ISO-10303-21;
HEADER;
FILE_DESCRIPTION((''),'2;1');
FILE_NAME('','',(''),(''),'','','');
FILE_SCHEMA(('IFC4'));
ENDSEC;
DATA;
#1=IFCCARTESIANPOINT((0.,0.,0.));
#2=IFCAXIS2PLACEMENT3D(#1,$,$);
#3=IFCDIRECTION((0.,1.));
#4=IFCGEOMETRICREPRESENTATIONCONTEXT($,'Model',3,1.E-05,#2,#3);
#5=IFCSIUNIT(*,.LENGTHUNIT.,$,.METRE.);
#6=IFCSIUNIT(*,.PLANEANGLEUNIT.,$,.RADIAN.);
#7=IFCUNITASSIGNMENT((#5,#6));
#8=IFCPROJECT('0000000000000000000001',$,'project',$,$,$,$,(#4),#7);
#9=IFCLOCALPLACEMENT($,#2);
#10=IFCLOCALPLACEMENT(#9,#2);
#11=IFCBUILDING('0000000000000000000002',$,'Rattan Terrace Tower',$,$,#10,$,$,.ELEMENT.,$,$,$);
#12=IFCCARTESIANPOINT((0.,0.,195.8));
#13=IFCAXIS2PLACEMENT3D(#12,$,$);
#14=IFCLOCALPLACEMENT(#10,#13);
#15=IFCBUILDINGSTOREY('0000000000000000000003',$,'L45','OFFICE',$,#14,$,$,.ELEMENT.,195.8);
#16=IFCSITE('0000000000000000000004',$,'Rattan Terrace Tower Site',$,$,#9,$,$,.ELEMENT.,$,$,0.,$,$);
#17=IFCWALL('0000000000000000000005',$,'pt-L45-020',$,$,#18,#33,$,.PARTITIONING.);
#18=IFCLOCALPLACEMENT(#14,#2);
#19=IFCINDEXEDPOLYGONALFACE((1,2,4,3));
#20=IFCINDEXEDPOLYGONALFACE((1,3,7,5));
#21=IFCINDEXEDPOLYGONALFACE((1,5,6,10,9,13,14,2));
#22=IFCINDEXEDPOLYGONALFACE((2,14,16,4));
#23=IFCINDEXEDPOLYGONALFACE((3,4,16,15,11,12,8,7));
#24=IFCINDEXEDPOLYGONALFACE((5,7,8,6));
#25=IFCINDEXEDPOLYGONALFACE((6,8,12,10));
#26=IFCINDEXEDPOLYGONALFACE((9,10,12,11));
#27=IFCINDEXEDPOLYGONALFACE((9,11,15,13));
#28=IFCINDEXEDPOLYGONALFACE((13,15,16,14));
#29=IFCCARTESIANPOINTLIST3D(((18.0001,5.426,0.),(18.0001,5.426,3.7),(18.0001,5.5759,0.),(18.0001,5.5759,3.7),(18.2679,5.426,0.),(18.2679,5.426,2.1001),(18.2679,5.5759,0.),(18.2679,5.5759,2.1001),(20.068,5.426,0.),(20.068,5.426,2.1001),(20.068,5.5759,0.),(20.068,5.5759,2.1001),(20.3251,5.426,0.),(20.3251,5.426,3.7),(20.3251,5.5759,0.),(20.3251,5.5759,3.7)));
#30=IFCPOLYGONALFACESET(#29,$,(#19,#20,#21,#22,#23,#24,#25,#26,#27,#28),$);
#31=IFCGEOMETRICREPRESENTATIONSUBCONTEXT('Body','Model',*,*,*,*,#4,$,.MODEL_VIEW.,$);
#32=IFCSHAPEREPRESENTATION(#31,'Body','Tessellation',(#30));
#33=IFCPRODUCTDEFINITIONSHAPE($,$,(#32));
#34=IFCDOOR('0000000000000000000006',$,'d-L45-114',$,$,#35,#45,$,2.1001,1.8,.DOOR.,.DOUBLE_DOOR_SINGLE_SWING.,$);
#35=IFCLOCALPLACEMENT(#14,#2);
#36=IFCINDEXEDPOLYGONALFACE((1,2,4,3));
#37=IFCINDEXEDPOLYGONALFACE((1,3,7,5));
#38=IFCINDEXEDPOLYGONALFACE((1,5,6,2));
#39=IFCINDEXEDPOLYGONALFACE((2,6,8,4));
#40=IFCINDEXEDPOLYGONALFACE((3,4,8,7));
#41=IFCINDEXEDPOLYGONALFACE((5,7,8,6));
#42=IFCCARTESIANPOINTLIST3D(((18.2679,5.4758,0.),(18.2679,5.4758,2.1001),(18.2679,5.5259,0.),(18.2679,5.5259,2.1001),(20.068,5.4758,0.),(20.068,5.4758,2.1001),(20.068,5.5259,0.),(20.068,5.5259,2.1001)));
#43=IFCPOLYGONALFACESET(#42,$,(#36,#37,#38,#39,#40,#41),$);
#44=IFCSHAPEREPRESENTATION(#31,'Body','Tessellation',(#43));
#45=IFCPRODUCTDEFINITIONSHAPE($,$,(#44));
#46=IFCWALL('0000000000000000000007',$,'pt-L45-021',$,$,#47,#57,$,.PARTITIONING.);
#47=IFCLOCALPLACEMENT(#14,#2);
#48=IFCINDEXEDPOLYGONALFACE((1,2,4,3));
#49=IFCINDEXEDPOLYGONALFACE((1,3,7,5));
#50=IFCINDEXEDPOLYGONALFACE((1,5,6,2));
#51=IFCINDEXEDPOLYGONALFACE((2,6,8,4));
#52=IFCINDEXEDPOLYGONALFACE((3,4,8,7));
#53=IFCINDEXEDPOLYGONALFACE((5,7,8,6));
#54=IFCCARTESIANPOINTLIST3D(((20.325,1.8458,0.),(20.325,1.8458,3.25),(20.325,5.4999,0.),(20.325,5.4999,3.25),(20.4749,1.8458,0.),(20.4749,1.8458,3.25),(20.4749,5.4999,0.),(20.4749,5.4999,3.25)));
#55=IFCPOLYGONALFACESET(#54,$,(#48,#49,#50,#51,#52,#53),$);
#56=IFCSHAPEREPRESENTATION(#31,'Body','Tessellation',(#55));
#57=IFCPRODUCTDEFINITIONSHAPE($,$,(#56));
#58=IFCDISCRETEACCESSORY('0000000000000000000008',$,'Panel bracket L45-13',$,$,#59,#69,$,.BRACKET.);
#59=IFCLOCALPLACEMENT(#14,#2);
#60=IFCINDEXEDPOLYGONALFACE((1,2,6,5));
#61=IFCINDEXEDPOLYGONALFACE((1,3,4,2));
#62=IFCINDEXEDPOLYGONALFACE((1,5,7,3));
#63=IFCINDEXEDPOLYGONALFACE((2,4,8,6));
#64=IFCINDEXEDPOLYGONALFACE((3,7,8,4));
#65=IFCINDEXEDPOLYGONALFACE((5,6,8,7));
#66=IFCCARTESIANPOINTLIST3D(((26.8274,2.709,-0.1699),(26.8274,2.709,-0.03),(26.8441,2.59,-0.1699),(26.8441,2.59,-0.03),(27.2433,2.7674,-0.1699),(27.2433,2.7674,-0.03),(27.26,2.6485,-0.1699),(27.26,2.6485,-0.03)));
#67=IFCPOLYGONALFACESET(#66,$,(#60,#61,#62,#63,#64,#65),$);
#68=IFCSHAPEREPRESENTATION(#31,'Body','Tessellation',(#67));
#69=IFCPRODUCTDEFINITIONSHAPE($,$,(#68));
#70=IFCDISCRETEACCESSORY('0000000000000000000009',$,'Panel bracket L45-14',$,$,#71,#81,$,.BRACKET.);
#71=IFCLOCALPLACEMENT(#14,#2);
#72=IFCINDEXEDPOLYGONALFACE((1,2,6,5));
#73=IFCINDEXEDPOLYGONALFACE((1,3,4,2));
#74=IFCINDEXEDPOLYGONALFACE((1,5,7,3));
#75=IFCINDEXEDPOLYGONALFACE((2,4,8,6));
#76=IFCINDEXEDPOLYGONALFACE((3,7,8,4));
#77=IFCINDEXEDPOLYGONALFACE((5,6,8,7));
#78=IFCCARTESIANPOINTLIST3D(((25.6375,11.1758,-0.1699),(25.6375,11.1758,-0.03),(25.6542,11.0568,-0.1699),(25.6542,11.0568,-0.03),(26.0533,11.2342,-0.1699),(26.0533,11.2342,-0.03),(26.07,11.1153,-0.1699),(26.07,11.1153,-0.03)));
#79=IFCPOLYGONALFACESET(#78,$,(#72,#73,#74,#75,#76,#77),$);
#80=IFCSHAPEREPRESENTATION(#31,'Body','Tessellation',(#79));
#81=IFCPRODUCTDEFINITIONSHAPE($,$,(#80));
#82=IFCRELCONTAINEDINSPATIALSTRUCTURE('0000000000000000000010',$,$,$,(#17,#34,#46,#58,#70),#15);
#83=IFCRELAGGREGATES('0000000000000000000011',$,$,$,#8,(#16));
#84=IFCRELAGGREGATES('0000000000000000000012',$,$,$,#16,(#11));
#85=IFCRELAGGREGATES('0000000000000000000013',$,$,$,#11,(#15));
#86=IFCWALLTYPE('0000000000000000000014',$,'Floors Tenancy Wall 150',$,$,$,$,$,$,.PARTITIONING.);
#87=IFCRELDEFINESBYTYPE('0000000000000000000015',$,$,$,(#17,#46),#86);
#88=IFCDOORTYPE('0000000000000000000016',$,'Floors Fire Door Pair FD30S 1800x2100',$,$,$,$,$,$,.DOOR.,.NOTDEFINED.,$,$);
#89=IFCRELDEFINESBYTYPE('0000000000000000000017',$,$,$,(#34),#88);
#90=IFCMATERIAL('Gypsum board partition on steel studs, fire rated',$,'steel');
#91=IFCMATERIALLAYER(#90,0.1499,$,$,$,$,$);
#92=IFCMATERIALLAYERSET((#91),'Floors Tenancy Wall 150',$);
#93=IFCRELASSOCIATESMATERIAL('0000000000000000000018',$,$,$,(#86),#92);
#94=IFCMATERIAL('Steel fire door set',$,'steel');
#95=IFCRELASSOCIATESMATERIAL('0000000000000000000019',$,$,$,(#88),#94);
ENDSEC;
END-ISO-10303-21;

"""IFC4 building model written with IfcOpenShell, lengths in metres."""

from ifc_helpers import new_model, si_unit, direction, frame, frame_2d, origin, origin_2d, place, context, subcontext, project, spatial, rectangle, extrude, material, layer, layer_set, type_object, element, fill, save


model = new_model("IFC4")

# Units and contexts
model_context = context("Model", 3, precision=1e-05, world=origin(), true_north=direction((0.0, 1.0)))
body_context = subcontext(model_context, "Body", "Model", "MODEL_VIEW")
ifc_project = project(units=[si_unit("LENGTHUNIT", "METRE"), si_unit("PLANEANGLEUNIT", "RADIAN")], contexts=[model_context])

# Site, building, storey
site_placement = place(None, origin())
site = spatial("IfcSite", under=ifc_project, at=site_placement, Name="Rattan Terrace Tower Site", CompositionType="ELEMENT", RefElevation=0.0)
building_placement = place(site_placement, origin())
building = spatial("IfcBuilding", under=site, at=building_placement, Name="Rattan Terrace Tower", CompositionType="ELEMENT")
storey_placement = place(building_placement, frame((0.0, 0.0, 195.8)))
storey = spatial("IfcBuildingStorey", under=building, at=storey_placement, Name="L45", Description="OFFICE", CompositionType="ELEMENT", Elevation=195.8)

# Wall, opening, door
ifc_material_1 = material(Name="Gypsum board partition on steel studs, fire rated", Category="steel")
ifc_layer_1 = layer(ifc_material_1, 0.1499)
ifc_layer_set_1 = layer_set([ifc_layer_1], Name="Floors Tenancy Wall 150")
wall_type_1 = type_object("IfcWallType", Name="Floors Tenancy Wall 150", PredefinedType="PARTITIONING", material=ifc_layer_set_1)
wall_1_placement = place(storey_placement, frame((18.0, 5.501, 0.0), z_axis=(0.0, 0.0, 1.0), x_axis=(1.0, 0.0, 0.0)))
wall_1 = element("IfcWall", 1, at=wall_1_placement, inside=storey, type_object=wall_type_1, Name="pt-L45-020", PredefinedType="PARTITIONING", context=body_context, shape_type="SweptSolid", body=[
    extrude(rectangle(XDim=2.325, YDim=0.1499, at=frame_2d((1.1626, 0.0))), origin(), (0.0, 0.0, 1.0), 3.7),
])
opening_1_placement = place(wall_1_placement, frame((0.2681, 0.0, 0.0)))
opening_1 = element("IfcOpeningElement", 2, at=opening_1_placement, cuts=wall_1, PredefinedType="OPENING", context=body_context, shape_type="SweptSolid", body=[
    extrude(rectangle(XDim=1.8, YDim=2.1001, at=frame_2d((0.8999, 1.05))), frame((0.0, 0.0854, 0.0), z_axis=(0.0, -1.0, 0.0), x_axis=(1.0, 0.0, 0.0)), (0.0, 0.0, 1.0), 0.1709),
])
ifc_material_2 = material(Name="Steel fire door set", Category="steel")
door_type_1 = type_object("IfcDoorType", Name="Floors Fire Door Pair FD30S 1800x2100", OperationType="NOTDEFINED", PredefinedType="DOOR", material=ifc_material_2)
door_1_placement = place(opening_1_placement, origin())
door_1 = element("IfcDoor", 3, at=door_1_placement, inside=storey, type_object=door_type_1, Name="d-L45-114", OperationType="DOUBLE_DOOR_SINGLE_SWING", OverallHeight=2.1001, OverallWidth=1.8, PredefinedType="DOOR", context=body_context, shape_type="SweptSolid", body=[
    extrude(rectangle(XDim=1.8, YDim=2.1001, at=frame_2d((0.8999, 1.05))), frame((0.0, 0.0249, 0.0), z_axis=(0.0, -1.0, 0.0), x_axis=(1.0, 0.0, 0.0)), (0.0, 0.0, 1.0), 0.05),
])
fill(opening_1, door_1)

# Wall
wall_2_placement = place(storey_placement, frame((20.3999, 5.5, 0.0), z_axis=(0.0, 0.0, 1.0), x_axis=(0.0, -1.0, 0.0)))
element("IfcWall", 4, at=wall_2_placement, inside=storey, type_object=wall_type_1, Name="pt-L45-021", PredefinedType="PARTITIONING", context=body_context, shape_type="SweptSolid", body=[
    extrude(rectangle(XDim=3.6541, YDim=0.1499, at=frame_2d((1.8271, 0.0))), origin(), (0.0, 0.0, 1.0), 3.25),
])

# Discrete accessories
for number, where, z_axis, x_axis, name in (
    (5, (27.0437, 2.6787, -0.1699), (0.0, 0.0, 1.0), (-0.139191, 0.990266, 0.0), "Panel bracket L45-13"),
    (6, (25.8538, 11.1455, -0.1699), (0.0, 0.0, 1.0), (-0.139191, 0.990266, 0.0), "Panel bracket L45-14"),
):
    element("IfcDiscreteAccessory", number, at=place(storey_placement, frame(where, z_axis=z_axis, x_axis=x_axis)), inside=storey, Name=name, PredefinedType="BRACKET", context=body_context, shape_type="SweptSolid", body=[
        extrude(rectangle(XDim=0.1201, YDim=0.4199, at=origin_2d()), origin(), (0.0, 0.0, 1.0), 0.1399),
    ])

save(model, "model.ifc")
